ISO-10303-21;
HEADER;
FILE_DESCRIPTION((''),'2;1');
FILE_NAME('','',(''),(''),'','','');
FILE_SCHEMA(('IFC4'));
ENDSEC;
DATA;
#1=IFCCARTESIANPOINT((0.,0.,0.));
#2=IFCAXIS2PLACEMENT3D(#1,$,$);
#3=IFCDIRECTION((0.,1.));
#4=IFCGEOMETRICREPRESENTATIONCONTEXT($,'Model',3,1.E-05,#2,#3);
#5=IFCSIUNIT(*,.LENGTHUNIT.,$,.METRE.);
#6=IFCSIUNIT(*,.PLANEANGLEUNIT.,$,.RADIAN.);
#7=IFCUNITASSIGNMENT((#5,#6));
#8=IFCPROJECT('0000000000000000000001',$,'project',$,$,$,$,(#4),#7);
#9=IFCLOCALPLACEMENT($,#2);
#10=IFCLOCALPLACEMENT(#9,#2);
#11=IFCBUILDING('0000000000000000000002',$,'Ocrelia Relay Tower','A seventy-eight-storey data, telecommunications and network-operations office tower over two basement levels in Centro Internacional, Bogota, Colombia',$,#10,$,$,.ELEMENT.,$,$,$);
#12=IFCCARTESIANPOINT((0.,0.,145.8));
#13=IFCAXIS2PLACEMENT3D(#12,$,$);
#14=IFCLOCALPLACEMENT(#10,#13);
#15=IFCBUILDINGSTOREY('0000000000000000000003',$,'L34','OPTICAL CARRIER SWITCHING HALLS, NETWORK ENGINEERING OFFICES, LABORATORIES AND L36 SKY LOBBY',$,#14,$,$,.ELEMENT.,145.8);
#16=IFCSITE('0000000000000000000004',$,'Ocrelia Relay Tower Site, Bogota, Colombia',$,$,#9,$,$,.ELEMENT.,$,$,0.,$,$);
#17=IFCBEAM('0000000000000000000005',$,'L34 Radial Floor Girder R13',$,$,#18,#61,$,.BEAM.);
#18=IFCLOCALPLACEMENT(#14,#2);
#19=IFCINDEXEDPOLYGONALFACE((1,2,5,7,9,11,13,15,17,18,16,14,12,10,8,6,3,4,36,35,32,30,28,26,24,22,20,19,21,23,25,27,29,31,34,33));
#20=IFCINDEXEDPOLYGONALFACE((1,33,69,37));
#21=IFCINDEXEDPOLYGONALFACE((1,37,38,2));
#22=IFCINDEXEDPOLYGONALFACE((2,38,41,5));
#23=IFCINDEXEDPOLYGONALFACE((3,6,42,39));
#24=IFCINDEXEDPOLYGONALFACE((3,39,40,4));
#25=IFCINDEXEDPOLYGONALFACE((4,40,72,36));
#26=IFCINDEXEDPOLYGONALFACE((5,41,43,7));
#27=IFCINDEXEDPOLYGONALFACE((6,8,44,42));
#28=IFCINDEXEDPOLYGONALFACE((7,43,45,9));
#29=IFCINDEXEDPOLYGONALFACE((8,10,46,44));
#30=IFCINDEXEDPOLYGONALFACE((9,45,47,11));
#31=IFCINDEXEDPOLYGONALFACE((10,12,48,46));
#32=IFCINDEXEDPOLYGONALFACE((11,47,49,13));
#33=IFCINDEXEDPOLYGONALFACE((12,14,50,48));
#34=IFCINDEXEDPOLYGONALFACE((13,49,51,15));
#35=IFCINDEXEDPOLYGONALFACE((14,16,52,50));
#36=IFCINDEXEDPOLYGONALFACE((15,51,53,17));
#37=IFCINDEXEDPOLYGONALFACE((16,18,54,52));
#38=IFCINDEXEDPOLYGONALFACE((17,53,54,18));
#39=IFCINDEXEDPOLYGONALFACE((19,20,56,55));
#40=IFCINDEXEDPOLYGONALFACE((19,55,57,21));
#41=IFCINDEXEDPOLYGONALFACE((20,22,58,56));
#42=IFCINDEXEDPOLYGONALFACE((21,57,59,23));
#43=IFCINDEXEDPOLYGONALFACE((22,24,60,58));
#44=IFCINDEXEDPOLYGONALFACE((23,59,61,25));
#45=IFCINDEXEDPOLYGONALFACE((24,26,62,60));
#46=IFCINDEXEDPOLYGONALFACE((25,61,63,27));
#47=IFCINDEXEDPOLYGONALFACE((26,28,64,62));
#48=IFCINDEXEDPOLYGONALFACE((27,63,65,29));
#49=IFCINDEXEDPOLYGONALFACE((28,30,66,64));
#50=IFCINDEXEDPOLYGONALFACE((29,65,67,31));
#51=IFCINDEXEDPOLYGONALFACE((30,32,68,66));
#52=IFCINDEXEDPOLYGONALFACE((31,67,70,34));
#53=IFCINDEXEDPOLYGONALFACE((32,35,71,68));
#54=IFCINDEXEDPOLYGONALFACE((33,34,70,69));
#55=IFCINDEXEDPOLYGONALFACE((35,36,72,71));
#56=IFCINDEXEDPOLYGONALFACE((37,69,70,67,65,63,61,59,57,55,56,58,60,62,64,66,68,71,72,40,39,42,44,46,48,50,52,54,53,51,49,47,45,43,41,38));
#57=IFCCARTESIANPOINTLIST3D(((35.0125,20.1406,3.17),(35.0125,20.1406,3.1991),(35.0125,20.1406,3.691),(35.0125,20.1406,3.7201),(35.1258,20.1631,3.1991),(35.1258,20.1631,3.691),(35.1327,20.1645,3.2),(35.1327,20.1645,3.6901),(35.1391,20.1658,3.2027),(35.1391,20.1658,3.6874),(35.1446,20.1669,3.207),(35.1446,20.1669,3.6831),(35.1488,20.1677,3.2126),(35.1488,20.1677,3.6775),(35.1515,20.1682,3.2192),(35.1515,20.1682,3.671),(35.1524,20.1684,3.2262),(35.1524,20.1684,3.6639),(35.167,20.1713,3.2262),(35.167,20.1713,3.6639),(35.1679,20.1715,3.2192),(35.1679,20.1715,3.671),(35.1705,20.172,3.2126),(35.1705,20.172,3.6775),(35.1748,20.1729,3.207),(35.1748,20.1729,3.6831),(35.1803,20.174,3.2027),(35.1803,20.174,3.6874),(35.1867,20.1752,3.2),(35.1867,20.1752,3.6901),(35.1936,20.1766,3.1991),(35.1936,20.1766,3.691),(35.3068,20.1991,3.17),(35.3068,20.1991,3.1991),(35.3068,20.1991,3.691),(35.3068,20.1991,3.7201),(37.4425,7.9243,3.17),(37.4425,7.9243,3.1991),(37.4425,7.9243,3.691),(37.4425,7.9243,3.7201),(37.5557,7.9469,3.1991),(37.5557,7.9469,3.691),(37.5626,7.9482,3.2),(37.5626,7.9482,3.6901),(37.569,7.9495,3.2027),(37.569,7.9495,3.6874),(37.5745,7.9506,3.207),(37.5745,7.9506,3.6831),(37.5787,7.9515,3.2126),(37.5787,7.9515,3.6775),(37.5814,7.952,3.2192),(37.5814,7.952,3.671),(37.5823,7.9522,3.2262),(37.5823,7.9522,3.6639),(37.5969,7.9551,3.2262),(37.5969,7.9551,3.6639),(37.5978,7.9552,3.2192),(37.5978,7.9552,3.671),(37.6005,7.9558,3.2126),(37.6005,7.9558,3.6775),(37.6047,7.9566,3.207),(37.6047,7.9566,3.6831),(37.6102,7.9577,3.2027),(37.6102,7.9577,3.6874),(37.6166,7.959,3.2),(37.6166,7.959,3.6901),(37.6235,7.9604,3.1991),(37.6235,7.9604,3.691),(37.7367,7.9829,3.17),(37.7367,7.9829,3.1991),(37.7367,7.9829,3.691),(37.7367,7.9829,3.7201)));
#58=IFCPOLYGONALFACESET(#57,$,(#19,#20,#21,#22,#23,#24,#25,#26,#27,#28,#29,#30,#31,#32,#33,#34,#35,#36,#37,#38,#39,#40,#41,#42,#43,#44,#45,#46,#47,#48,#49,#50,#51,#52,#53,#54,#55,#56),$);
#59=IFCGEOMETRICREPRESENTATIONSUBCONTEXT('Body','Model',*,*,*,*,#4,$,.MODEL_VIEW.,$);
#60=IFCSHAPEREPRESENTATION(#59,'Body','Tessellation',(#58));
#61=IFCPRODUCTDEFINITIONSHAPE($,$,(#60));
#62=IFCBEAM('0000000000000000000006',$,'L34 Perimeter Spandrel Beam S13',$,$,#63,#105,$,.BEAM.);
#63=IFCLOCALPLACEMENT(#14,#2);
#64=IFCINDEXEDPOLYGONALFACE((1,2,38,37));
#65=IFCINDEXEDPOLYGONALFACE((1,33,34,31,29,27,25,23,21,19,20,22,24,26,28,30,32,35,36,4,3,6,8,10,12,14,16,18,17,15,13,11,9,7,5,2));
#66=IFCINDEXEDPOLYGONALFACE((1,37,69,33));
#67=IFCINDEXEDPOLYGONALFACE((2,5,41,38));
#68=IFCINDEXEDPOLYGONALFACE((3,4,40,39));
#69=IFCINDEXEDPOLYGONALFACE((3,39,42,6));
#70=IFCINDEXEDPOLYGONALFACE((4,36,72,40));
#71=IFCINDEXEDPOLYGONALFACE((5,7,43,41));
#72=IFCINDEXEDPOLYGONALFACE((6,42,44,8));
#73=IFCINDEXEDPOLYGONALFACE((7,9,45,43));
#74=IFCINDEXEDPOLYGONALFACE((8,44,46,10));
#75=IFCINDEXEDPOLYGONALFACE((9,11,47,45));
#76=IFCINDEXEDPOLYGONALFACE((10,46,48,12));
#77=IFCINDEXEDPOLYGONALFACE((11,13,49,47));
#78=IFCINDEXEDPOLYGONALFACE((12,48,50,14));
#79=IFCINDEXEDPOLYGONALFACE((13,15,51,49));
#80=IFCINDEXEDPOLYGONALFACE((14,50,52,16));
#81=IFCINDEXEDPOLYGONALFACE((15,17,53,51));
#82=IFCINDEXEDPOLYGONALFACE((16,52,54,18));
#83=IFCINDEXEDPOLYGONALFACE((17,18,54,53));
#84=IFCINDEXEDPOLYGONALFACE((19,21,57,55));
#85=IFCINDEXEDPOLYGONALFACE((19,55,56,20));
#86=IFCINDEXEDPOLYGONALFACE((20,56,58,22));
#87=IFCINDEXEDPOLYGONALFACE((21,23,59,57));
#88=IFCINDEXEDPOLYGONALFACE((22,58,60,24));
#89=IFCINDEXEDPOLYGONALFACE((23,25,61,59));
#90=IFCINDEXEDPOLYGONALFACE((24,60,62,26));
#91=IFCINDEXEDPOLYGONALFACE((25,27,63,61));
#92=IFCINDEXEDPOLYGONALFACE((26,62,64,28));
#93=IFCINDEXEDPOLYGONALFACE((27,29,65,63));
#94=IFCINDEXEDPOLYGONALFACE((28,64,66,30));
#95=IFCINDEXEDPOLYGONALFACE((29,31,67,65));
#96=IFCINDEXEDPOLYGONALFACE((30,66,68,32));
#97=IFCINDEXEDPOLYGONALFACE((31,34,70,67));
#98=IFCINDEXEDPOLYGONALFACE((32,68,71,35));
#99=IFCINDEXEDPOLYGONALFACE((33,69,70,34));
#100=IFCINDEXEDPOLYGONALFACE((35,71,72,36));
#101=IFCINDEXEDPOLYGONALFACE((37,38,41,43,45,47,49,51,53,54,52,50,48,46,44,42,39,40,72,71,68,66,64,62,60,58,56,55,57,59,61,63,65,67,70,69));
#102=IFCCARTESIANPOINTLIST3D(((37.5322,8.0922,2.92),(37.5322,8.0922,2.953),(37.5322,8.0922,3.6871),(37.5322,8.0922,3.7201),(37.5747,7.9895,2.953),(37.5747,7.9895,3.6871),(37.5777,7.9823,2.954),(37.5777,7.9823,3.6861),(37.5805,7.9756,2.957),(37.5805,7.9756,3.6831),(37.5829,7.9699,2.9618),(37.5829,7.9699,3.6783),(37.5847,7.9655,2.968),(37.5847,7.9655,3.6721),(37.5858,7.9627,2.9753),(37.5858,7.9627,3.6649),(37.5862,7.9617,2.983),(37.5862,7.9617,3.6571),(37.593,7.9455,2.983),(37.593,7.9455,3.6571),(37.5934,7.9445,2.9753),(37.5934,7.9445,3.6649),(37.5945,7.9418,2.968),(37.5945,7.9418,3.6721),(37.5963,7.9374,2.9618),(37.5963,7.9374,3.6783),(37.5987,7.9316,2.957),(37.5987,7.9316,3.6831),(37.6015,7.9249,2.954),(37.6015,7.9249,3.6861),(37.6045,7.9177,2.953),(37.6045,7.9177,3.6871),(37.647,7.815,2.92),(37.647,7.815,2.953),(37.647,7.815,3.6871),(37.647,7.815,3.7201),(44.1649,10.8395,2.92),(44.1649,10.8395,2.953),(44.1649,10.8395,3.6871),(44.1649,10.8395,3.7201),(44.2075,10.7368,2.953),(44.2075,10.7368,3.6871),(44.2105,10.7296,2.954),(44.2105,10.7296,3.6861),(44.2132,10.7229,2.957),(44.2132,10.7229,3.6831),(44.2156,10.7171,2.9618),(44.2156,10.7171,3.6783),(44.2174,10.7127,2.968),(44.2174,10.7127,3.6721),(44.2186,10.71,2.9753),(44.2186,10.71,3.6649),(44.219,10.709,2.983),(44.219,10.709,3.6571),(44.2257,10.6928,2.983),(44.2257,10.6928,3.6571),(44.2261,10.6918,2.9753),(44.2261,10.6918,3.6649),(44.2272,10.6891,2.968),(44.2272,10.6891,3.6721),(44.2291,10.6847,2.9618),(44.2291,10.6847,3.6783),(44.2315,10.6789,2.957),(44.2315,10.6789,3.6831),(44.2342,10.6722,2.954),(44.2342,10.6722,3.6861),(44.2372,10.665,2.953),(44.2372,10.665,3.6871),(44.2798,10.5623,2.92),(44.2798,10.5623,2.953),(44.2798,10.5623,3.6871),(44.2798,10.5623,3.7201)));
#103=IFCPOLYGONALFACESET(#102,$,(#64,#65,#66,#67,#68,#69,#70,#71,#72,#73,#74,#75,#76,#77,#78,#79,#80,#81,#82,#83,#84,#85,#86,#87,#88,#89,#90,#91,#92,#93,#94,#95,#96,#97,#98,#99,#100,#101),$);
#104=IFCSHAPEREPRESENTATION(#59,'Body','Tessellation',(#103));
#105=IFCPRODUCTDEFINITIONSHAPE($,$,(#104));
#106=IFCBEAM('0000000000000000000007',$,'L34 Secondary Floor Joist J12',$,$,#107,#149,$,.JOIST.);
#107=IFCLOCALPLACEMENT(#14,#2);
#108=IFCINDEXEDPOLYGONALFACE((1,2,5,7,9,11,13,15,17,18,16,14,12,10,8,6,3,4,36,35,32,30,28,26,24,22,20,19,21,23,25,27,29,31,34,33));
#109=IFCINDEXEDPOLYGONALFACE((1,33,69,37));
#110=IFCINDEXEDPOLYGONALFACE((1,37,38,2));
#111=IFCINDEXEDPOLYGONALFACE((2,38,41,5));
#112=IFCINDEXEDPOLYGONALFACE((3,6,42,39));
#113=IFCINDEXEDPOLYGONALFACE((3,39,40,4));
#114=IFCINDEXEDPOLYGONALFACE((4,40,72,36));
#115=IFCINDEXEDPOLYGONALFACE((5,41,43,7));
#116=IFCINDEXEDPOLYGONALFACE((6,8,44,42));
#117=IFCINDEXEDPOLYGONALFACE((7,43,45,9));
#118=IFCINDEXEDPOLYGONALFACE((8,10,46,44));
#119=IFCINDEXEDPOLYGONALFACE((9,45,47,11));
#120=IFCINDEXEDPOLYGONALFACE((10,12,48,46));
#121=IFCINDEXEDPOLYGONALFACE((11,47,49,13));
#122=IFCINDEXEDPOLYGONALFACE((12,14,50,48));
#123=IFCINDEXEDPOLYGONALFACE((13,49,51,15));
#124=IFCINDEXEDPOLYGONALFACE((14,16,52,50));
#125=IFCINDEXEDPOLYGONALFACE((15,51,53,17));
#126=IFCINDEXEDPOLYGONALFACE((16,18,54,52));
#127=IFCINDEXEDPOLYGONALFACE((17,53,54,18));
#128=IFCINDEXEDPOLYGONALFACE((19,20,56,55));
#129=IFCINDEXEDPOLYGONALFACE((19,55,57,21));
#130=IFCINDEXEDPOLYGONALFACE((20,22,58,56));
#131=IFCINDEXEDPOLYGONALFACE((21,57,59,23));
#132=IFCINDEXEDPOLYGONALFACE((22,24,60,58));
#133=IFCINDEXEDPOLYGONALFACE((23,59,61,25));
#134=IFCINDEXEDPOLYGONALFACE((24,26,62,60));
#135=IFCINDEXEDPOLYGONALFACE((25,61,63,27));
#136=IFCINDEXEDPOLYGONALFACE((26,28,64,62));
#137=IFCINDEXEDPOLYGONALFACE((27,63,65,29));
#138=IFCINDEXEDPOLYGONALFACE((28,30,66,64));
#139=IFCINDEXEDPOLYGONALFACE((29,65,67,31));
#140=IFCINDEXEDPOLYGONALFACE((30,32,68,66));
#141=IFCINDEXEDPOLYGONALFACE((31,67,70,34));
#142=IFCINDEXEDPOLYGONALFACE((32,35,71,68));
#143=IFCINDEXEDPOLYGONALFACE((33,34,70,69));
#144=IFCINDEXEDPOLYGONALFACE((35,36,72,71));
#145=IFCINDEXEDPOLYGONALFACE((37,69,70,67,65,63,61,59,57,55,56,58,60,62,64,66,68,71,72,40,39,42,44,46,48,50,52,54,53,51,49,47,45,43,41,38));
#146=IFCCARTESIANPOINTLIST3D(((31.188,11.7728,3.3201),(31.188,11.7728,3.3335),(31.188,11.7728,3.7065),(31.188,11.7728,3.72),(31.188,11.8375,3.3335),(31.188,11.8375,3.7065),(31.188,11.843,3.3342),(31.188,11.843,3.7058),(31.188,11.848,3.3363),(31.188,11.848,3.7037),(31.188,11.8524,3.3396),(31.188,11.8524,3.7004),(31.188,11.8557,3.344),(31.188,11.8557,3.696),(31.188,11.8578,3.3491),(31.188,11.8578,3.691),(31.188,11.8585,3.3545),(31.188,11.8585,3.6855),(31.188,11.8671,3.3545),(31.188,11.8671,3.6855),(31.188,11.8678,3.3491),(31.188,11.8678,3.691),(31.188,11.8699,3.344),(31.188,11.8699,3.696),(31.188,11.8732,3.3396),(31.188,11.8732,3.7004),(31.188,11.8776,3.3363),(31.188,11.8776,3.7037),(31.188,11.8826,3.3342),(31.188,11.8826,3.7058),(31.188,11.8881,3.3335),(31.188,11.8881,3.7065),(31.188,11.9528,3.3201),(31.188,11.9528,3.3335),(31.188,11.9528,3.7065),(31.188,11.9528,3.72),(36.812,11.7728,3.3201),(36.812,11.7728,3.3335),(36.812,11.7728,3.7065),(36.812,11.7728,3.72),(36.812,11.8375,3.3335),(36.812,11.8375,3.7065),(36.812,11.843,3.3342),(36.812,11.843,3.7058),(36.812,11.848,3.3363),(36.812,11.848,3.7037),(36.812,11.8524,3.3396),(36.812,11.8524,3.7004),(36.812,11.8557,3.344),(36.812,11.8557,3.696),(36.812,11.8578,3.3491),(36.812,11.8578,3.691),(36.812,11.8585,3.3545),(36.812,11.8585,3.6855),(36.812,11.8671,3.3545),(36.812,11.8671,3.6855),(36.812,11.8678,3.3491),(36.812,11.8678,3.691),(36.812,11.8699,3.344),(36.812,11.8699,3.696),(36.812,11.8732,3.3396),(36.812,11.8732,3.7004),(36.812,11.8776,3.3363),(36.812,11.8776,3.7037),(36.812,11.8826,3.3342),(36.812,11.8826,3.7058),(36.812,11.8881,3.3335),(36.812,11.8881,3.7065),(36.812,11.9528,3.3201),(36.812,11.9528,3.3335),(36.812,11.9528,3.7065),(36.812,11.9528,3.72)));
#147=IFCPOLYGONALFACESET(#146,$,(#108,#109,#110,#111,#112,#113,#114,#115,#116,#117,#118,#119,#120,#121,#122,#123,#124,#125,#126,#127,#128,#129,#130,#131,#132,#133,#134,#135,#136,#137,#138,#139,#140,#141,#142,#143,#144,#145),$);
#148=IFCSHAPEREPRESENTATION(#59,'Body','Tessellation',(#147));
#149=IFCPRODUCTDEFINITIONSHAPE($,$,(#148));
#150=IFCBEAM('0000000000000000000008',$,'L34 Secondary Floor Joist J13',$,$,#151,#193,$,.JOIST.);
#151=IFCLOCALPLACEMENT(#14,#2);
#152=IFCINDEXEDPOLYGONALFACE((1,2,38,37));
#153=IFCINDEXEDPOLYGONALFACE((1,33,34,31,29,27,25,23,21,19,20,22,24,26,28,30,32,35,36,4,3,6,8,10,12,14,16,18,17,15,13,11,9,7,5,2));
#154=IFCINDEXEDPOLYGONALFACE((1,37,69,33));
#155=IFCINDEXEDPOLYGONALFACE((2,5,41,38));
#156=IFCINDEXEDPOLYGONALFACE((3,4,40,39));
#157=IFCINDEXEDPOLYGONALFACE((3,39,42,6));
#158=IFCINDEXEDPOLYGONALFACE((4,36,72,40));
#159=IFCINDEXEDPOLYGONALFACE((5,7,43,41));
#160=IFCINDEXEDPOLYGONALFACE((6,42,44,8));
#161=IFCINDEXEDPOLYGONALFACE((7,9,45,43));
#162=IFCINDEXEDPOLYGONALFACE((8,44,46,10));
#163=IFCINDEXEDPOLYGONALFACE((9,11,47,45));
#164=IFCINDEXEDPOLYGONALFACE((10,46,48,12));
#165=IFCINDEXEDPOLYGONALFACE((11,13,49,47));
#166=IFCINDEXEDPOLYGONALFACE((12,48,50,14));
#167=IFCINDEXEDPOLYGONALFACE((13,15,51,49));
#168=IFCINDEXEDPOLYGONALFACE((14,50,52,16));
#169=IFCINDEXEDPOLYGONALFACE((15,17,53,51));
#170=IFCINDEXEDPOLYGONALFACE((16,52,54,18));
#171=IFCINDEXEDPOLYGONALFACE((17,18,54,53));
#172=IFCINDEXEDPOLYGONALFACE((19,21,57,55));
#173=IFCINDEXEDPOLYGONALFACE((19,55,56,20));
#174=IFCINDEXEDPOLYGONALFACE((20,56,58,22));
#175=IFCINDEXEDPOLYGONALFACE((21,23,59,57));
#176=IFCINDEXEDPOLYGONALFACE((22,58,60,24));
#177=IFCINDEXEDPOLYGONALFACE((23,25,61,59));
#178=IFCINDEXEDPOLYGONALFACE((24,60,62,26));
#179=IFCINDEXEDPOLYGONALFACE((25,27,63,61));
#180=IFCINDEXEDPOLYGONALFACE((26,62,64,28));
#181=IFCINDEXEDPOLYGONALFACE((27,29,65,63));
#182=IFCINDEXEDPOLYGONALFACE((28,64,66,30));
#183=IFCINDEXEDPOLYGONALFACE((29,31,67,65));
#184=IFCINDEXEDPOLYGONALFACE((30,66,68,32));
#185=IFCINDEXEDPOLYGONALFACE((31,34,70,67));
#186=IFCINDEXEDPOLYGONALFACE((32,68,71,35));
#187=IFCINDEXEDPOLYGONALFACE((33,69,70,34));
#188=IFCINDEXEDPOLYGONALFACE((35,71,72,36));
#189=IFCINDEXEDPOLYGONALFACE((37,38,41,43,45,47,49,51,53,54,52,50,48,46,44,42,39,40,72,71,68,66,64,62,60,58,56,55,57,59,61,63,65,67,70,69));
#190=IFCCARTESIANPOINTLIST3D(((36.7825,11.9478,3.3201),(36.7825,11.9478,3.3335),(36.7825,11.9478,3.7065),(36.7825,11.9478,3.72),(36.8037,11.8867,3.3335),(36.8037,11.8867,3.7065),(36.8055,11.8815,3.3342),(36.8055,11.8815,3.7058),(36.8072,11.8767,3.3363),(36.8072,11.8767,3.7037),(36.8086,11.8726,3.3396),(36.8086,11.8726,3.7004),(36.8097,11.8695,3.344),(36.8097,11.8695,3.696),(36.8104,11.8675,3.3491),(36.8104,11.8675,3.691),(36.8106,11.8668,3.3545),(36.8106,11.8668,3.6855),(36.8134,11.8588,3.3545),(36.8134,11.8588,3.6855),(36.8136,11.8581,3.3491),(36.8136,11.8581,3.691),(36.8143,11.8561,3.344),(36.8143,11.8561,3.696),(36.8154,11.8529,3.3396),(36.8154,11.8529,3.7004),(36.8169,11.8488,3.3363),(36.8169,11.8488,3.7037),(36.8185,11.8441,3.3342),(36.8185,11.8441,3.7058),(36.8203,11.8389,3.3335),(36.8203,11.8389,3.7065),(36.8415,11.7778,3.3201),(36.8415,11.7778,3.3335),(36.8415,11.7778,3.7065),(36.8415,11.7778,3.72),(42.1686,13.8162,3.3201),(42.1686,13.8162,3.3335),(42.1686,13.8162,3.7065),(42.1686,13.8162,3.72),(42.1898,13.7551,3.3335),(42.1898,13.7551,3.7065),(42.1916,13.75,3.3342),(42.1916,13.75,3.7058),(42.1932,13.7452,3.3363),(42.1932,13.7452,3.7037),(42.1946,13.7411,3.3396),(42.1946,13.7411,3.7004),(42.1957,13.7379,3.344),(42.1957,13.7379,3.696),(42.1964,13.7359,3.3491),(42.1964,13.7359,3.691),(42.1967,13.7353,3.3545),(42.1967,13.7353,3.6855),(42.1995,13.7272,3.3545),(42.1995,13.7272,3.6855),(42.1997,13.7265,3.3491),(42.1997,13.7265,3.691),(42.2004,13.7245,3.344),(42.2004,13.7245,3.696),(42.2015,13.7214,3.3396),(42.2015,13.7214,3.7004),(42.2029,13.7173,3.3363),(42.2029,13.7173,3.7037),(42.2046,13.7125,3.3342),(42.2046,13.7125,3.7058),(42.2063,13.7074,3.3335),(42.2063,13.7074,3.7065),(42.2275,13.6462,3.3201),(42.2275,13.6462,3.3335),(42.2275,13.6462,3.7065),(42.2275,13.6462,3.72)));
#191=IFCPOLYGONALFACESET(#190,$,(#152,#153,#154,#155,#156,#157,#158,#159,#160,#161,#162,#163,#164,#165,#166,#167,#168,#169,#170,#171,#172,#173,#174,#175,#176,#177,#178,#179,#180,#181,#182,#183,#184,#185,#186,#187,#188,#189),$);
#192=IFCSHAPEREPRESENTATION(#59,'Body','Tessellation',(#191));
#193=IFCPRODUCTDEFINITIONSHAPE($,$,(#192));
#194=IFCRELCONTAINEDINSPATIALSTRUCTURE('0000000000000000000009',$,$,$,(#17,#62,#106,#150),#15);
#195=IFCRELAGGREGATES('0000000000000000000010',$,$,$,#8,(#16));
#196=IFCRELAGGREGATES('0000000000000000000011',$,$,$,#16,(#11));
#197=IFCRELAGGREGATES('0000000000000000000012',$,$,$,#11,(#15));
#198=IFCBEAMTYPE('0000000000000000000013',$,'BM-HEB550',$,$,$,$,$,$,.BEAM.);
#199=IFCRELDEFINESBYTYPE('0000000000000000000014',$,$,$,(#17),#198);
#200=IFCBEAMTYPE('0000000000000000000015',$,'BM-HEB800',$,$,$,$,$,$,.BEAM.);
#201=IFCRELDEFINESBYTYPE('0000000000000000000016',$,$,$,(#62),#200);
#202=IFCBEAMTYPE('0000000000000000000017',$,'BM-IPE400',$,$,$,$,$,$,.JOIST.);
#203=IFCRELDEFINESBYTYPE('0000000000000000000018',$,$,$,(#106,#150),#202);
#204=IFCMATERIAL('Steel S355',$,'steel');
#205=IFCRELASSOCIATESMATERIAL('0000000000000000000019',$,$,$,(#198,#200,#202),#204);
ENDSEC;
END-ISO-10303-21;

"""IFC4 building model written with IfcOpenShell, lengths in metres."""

from ifc_helpers import new_model, si_unit, direction, frame, origin, origin_2d, place, context, subcontext, project, spatial, i_section, extrude, material, material_profile, profile_set, type_object, element, save


model = new_model("IFC4")

# Units and contexts
model_context = context("Model", 3, precision=1e-05, world=origin(), true_north=direction((0.0, 1.0)))
body_context = subcontext(model_context, "Body", "Model", "MODEL_VIEW")
ifc_project = project(units=[si_unit("LENGTHUNIT", "METRE"), si_unit("PLANEANGLEUNIT", "RADIAN")], contexts=[model_context])

# Site, building, storey
site_placement = place(None, origin())
site = spatial("IfcSite", under=ifc_project, at=site_placement, Name="Ocrelia Relay Tower Site, Bogota, Colombia", CompositionType="ELEMENT", RefElevation=0.0)
building_placement = place(site_placement, origin())
building = spatial("IfcBuilding", under=site, at=building_placement, Name="Ocrelia Relay Tower", Description="A seventy-eight-storey data, telecommunications and network-operations office tower over two basement levels in Centro Internacional, Bogota, Colombia", CompositionType="ELEMENT")
storey_placement = place(building_placement, frame((0.0, 0.0, 145.8)))
storey = spatial("IfcBuildingStorey", under=building, at=storey_placement, Name="L34", Description="OPTICAL CARRIER SWITCHING HALLS, NETWORK ENGINEERING OFFICES, LABORATORIES AND L36 SKY LOBBY", CompositionType="ELEMENT", Elevation=145.8)

# Beams
ifc_material_1 = material(Name="Steel S355", Category="steel")
ifc_material_profile_1 = material_profile(ifc_material_1, i_section(OverallWidth=0.3, OverallDepth=0.55, WebThickness=0.0149, FlangeThickness=0.0291, FilletRadius=0.0271, at=origin_2d()), Name="HEB 550")
ifc_profile_set_1 = profile_set([ifc_material_profile_1], Name="Steel S355")
beam_type_1 = type_object("IfcBeamType", Name="BM-HEB550", PredefinedType="BEAM", material=ifc_profile_set_1)
beam_1_placement = place(storey_placement, frame((37.5896, 7.9536, 3.4451), z_axis=(-0.195087, 0.980786, 0.0), x_axis=(-0.980786, -0.195087, 0.0)))
element("IfcBeam", 1, at=beam_1_placement, inside=storey, type_object=beam_type_1, Name="L34 Radial Floor Girder R13", PredefinedType="BEAM", context=body_context, shape_type="SweptSolid", body=[
    extrude(i_section(OverallWidth=0.3, OverallDepth=0.55, WebThickness=0.0149, FlangeThickness=0.0291, FilletRadius=0.0271, at=origin_2d()), origin(), (0.0, 0.0, 1.0), 12.4556),
])
ifc_material_profile_2 = material_profile(ifc_material_1, i_section(OverallWidth=0.3, OverallDepth=0.8, WebThickness=0.0176, FlangeThickness=0.033, FilletRadius=0.03, at=origin_2d()), Name="HEB 800")
ifc_profile_set_2 = profile_set([ifc_material_profile_2], Name="Steel S355")
beam_type_2 = type_object("IfcBeamType", Name="BM-HEB800", PredefinedType="BEAM", material=ifc_profile_set_2)
beam_2_placement = place(storey_placement, frame((37.5896, 7.9536, 3.3201), z_axis=(0.923884, 0.382673, 0.0), x_axis=(-0.382673, 0.923884, 0.0)))
element("IfcBeam", 2, at=beam_2_placement, inside=storey, type_object=beam_type_2, Name="L34 Perimeter Spandrel Beam S13", PredefinedType="BEAM", context=body_context, shape_type="SweptSolid", body=[
    extrude(i_section(OverallWidth=0.3, OverallDepth=0.8, WebThickness=0.0176, FlangeThickness=0.033, FilletRadius=0.03, at=origin_2d()), origin(), (0.0, 0.0, 1.0), 7.1792),
])
ifc_material_profile_3 = material_profile(ifc_material_1, i_section(OverallWidth=0.1799, OverallDepth=0.3999, WebThickness=0.0085, FlangeThickness=0.0134, FilletRadius=0.021, at=origin_2d()), Name="IPE 400")
ifc_profile_set_3 = profile_set([ifc_material_profile_3], Name="Steel S355")
beam_type_3 = type_object("IfcBeamType", Name="BM-IPE400", PredefinedType="JOIST", material=ifc_profile_set_3)
beam_3_placement = place(storey_placement, frame((31.188, 11.8628, 3.52), z_axis=(1.0, 0.0, 0.0), x_axis=(0.0, 1.0, 0.0)))
element("IfcBeam", 3, at=beam_3_placement, inside=storey, type_object=beam_type_3, Name="L34 Secondary Floor Joist J12", PredefinedType="JOIST", context=body_context, shape_type="SweptSolid", body=[
    extrude(i_section(OverallWidth=0.1799, OverallDepth=0.3999, WebThickness=0.0085, FlangeThickness=0.0134, FilletRadius=0.021, at=origin_2d()), origin(), (0.0, 0.0, 1.0), 5.624),
])
beam_4_placement = place(storey_placement, frame((36.812, 11.8628, 3.52), z_axis=(0.944767, 0.327741, 0.0), x_axis=(-0.327741, 0.944767, 0.0)))
element("IfcBeam", 4, at=beam_4_placement, inside=storey, type_object=beam_type_3, Name="L34 Secondary Floor Joist J13", PredefinedType="JOIST", context=body_context, shape_type="SweptSolid", body=[
    extrude(i_section(OverallWidth=0.1799, OverallDepth=0.3999, WebThickness=0.0085, FlangeThickness=0.0134, FilletRadius=0.021, at=origin_2d()), origin(), (0.0, 0.0, 1.0), 5.7009),
])

save(model, "model.ifc")
